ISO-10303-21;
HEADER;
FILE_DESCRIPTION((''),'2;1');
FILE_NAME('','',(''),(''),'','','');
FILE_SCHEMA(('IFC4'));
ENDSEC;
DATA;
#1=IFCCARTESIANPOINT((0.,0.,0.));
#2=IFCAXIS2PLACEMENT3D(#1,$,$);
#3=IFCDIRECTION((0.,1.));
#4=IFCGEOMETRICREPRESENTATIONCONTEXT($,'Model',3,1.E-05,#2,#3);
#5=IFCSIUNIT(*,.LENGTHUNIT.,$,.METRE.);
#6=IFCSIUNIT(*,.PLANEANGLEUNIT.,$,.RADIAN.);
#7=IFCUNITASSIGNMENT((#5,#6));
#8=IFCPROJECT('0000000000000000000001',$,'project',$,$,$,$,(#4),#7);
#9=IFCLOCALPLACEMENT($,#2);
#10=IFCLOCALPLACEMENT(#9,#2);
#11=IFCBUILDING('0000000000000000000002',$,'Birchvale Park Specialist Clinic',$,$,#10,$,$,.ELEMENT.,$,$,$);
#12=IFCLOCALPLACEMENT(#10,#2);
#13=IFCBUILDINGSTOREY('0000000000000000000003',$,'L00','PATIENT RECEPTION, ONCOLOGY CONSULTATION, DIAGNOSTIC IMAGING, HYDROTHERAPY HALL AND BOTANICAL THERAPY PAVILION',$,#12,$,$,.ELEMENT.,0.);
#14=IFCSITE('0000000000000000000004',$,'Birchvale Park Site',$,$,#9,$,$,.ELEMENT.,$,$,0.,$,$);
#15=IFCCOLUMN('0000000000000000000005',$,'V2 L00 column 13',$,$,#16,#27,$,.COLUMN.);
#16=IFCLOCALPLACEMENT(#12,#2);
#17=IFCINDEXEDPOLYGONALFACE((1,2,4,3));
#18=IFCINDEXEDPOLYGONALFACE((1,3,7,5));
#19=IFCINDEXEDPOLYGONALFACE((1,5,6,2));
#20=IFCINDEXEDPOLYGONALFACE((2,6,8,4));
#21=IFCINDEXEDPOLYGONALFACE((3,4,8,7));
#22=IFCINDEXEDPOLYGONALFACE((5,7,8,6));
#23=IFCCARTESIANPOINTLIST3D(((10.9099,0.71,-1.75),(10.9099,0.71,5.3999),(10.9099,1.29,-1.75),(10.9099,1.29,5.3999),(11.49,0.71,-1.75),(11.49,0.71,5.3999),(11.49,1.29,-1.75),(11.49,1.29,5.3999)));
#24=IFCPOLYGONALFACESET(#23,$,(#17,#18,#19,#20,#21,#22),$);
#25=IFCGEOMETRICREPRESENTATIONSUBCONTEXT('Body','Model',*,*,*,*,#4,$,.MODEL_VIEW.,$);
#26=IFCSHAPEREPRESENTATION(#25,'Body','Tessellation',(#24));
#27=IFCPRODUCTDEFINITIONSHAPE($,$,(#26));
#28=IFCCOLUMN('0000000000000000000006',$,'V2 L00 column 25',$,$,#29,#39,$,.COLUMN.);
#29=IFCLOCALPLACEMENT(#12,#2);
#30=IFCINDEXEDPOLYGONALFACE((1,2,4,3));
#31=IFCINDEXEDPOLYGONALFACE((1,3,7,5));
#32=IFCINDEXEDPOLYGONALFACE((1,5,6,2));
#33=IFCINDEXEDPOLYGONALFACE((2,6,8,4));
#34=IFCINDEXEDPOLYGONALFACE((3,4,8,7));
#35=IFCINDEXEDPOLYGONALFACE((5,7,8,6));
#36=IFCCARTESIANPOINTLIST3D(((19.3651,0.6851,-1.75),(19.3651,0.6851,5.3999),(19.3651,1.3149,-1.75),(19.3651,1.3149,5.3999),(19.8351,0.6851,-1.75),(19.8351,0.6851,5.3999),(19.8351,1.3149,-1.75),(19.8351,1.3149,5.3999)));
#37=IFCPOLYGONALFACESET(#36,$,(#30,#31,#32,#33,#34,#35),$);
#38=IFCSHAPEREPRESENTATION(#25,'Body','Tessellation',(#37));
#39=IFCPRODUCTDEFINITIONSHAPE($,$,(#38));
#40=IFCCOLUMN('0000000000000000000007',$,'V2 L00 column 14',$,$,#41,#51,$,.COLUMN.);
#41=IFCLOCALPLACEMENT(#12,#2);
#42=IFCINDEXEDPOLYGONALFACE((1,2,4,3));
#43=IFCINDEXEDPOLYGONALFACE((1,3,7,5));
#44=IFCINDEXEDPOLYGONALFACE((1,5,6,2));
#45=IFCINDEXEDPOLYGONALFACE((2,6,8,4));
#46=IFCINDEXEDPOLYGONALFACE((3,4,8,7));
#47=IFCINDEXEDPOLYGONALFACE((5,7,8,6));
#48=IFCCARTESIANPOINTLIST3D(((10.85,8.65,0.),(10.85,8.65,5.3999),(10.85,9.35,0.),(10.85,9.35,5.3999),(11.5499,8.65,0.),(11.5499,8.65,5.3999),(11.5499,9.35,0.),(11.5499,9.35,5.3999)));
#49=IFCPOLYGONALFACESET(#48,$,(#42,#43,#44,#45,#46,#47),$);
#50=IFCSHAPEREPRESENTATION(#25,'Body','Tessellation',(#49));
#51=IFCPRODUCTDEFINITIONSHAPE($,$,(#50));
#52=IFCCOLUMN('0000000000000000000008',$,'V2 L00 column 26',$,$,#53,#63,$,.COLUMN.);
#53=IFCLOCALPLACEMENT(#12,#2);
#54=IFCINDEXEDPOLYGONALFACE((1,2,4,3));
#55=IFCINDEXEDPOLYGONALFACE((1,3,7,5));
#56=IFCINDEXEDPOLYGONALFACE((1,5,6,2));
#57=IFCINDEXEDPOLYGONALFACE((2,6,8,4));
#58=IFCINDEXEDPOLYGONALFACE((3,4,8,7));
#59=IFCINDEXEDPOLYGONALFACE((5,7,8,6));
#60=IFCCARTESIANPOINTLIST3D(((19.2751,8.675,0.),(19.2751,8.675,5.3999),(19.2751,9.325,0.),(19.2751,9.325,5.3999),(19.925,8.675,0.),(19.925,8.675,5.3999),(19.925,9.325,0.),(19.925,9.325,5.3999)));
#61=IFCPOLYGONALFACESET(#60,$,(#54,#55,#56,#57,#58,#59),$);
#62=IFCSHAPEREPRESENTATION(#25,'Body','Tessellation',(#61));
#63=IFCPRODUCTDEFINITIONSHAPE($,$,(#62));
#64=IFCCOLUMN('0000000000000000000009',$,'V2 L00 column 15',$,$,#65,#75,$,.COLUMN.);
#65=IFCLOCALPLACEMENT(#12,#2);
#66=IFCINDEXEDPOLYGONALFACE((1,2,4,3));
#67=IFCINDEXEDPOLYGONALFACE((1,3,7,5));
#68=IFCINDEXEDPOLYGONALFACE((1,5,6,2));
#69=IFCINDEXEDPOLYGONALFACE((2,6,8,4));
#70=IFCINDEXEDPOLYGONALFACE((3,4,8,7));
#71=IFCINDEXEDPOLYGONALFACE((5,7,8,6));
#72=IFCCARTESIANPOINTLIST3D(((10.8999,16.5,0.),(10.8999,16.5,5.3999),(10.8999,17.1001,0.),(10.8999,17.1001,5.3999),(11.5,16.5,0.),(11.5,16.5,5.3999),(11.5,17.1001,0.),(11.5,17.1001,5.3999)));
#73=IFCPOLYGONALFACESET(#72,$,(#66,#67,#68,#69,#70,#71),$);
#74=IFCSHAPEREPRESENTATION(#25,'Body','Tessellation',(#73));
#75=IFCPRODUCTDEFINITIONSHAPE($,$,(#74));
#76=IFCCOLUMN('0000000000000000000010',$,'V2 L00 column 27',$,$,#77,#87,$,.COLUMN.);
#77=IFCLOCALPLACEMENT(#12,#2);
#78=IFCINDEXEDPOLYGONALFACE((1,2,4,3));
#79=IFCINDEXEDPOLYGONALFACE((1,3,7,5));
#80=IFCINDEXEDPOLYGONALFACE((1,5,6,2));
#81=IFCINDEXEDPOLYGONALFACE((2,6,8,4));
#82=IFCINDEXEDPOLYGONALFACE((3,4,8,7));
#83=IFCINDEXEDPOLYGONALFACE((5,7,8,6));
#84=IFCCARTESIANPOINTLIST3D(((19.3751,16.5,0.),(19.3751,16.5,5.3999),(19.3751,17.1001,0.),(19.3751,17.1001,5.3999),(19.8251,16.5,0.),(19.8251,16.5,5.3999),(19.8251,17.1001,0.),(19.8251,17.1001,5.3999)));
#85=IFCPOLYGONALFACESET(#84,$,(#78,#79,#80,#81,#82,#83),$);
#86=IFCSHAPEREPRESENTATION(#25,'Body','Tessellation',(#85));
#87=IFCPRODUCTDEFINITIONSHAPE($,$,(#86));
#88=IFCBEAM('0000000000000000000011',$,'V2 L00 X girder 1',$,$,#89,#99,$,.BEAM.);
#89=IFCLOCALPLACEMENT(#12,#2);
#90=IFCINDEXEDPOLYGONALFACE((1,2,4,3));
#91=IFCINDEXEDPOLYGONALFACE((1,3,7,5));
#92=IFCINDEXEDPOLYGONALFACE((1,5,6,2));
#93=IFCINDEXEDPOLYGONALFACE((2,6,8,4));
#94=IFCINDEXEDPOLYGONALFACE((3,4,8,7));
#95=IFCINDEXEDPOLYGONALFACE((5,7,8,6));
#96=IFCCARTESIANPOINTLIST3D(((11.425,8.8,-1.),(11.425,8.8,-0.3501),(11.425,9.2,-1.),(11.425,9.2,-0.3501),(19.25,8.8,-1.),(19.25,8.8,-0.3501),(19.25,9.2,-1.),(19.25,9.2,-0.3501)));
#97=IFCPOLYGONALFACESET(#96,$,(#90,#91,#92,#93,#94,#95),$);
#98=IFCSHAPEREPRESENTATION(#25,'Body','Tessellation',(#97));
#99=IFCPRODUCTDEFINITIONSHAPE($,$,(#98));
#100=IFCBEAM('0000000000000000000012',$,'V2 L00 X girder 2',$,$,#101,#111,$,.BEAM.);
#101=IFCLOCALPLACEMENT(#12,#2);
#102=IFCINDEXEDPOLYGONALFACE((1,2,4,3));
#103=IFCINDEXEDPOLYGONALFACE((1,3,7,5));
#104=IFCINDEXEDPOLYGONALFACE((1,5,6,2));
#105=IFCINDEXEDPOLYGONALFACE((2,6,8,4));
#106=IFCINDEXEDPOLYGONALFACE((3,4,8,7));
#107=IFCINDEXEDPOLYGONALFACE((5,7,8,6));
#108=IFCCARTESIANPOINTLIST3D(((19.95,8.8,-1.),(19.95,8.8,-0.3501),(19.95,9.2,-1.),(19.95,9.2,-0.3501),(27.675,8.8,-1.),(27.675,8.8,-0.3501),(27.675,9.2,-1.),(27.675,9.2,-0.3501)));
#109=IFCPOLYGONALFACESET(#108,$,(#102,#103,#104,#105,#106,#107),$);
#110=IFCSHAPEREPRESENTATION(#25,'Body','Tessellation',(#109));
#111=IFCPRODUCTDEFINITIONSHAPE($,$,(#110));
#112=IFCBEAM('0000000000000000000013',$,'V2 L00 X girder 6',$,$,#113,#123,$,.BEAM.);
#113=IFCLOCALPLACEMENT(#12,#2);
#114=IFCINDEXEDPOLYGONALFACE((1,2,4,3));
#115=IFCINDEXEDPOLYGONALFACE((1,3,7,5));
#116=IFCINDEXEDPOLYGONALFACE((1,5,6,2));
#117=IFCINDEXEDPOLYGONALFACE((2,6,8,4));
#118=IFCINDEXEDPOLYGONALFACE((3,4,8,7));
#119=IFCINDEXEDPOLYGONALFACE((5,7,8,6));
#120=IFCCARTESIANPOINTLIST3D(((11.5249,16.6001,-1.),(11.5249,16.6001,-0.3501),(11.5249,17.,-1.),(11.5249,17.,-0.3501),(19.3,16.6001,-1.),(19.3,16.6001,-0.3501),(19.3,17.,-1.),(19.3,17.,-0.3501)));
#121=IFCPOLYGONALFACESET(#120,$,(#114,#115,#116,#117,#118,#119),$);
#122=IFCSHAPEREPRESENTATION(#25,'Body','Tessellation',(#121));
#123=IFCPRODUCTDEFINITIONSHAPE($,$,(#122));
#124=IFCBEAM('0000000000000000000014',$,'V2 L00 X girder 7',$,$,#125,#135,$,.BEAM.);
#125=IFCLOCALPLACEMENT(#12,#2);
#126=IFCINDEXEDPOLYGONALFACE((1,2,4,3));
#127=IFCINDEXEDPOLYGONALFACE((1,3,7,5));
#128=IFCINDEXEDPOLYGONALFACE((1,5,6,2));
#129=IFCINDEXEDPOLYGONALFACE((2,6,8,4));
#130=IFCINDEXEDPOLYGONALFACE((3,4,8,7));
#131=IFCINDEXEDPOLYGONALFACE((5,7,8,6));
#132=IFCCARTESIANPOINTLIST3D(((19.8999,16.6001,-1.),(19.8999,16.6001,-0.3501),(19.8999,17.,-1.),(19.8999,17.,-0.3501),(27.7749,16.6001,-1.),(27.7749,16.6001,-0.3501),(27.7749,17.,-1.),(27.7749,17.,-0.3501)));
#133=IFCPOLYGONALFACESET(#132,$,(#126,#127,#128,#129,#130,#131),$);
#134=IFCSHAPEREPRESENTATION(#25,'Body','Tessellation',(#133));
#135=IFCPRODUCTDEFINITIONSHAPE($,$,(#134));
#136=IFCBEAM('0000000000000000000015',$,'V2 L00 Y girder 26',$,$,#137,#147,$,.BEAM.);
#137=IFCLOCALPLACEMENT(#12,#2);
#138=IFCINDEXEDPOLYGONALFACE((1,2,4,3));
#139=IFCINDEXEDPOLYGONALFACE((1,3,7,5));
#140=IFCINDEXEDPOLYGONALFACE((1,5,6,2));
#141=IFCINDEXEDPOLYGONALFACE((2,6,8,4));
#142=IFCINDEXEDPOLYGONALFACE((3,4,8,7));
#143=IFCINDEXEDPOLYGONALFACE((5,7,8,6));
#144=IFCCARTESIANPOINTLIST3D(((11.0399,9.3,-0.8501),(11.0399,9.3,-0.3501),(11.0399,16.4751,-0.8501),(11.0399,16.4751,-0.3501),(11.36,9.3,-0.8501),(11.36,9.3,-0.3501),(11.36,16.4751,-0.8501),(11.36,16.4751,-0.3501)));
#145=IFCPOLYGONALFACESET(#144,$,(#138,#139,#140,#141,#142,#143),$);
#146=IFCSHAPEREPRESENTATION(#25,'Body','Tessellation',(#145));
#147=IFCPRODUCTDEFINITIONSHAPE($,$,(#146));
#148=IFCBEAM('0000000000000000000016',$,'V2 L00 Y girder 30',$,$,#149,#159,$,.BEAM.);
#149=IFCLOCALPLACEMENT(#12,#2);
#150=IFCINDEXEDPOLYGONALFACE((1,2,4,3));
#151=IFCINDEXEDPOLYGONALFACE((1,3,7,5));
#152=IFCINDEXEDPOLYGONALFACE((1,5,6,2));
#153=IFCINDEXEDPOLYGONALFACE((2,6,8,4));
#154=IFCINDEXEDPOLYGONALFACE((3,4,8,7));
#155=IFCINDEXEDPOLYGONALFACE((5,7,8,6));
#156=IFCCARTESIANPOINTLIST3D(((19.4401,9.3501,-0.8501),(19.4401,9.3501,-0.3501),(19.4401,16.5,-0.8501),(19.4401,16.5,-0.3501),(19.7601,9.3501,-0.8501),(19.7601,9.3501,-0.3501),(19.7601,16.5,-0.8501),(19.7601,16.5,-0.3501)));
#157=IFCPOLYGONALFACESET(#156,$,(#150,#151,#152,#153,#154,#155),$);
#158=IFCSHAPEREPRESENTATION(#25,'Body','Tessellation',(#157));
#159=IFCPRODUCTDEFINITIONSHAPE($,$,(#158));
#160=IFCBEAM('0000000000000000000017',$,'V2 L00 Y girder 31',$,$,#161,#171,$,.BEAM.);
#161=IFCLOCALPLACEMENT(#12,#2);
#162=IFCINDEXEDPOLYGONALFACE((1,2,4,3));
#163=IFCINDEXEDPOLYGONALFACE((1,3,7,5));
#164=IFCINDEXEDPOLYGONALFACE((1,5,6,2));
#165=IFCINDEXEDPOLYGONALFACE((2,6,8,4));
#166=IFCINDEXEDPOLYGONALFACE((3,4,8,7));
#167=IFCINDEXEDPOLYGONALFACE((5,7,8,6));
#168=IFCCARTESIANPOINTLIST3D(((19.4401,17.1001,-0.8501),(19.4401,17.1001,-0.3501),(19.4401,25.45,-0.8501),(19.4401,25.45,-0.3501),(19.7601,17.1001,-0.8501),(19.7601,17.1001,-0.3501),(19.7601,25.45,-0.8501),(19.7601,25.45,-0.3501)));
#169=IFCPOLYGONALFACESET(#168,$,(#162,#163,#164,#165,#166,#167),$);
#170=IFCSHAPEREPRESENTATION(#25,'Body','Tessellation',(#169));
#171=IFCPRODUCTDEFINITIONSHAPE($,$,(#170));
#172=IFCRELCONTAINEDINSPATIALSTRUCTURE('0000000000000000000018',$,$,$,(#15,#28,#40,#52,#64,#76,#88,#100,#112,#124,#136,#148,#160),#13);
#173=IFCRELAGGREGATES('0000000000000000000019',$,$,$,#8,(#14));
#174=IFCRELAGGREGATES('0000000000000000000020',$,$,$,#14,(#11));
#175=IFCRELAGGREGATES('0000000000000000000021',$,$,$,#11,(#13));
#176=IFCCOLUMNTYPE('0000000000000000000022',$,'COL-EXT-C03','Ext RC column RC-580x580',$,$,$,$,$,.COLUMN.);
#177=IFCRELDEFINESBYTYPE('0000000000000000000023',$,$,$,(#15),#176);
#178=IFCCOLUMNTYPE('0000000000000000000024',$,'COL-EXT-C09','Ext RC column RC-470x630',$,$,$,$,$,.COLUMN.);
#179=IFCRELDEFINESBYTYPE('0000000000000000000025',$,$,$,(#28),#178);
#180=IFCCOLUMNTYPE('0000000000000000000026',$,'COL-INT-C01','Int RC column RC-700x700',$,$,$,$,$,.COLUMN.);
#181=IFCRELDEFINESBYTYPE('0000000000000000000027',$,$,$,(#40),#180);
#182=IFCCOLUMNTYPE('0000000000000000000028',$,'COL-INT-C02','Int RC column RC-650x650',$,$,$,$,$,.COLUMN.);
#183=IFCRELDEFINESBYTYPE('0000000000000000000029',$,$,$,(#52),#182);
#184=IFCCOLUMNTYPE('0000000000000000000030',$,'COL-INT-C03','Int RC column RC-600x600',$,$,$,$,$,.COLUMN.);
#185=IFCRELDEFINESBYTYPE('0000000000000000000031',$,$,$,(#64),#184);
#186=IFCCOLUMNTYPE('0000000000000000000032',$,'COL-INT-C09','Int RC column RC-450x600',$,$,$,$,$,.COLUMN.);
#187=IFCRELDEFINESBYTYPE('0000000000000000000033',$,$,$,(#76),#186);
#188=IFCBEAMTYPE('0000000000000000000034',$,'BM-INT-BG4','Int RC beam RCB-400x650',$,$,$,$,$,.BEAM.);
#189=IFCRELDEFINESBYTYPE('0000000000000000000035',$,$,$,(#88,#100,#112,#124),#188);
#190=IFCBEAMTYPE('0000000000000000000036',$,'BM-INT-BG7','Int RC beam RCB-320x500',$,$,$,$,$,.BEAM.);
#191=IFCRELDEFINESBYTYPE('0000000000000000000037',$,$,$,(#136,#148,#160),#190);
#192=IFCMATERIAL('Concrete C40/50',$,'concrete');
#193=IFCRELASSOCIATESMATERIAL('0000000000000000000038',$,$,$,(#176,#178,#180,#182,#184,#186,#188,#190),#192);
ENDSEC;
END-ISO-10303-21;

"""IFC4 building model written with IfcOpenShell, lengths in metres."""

from ifc_helpers import new_model, si_unit, direction, frame, origin, origin_2d, place, context, subcontext, project, spatial, rectangle, extrude, material, material_profile, profile_set, type_object, element, save


model = new_model("IFC4")

# Units and contexts
model_context = context("Model", 3, precision=1e-05, world=origin(), true_north=direction((0.0, 1.0)))
body_context = subcontext(model_context, "Body", "Model", "MODEL_VIEW")
ifc_project = project(units=[si_unit("LENGTHUNIT", "METRE"), si_unit("PLANEANGLEUNIT", "RADIAN")], contexts=[model_context])

# Site, building, storey
site_placement = place(None, origin())
site = spatial("IfcSite", under=ifc_project, at=site_placement, Name="Birchvale Park Site", CompositionType="ELEMENT", RefElevation=0.0)
building_placement = place(site_placement, origin())
building = spatial("IfcBuilding", under=site, at=building_placement, Name="Birchvale Park Specialist Clinic", CompositionType="ELEMENT")
storey_placement = place(building_placement, origin())
storey = spatial("IfcBuildingStorey", under=building, at=storey_placement, Name="L00", Description="PATIENT RECEPTION, ONCOLOGY CONSULTATION, DIAGNOSTIC IMAGING, HYDROTHERAPY HALL AND BOTANICAL THERAPY PAVILION", CompositionType="ELEMENT", Elevation=0.0)

# Shared definitions
ifc_material_1 = material(Name="Concrete C40/50", Category="concrete")

# Columns
ifc_material_profile_1 = material_profile(ifc_material_1, rectangle(XDim=0.5801, YDim=0.5801, at=origin_2d()), Name="RC-580x580")
ifc_profile_set_1 = profile_set([ifc_material_profile_1], Name="Concrete C40/50")
column_type_1 = type_object("IfcColumnType", Name="COL-EXT-C03", Description="Ext RC column RC-580x580", PredefinedType="COLUMN", material=ifc_profile_set_1)
column_1_placement = place(storey_placement, frame((11.2, 1.0, -1.75), z_axis=(0.0, 0.0, 1.0), x_axis=(1.0, 0.0, 0.0)))
element("IfcColumn", 1, at=column_1_placement, inside=storey, type_object=column_type_1, Name="V2 L00 column 13", PredefinedType="COLUMN", context=body_context, shape_type="SweptSolid", body=[
    extrude(rectangle(XDim=0.5801, YDim=0.5801, at=origin_2d()), origin(), (0.0, 0.0, 1.0), 7.1499),
])
ifc_material_profile_2 = material_profile(ifc_material_1, rectangle(XDim=0.47, YDim=0.6299, at=origin_2d()), Name="RC-470x630")
ifc_profile_set_2 = profile_set([ifc_material_profile_2], Name="Concrete C40/50")
column_type_2 = type_object("IfcColumnType", Name="COL-EXT-C09", Description="Ext RC column RC-470x630", PredefinedType="COLUMN", material=ifc_profile_set_2)
column_2_placement = place(storey_placement, frame((19.6001, 1.0, -1.75), z_axis=(0.0, 0.0, 1.0), x_axis=(1.0, 0.0, 0.0)))
element("IfcColumn", 2, at=column_2_placement, inside=storey, type_object=column_type_2, Name="V2 L00 column 25", PredefinedType="COLUMN", context=body_context, shape_type="SweptSolid", body=[
    extrude(rectangle(XDim=0.47, YDim=0.6299, at=origin_2d()), origin(), (0.0, 0.0, 1.0), 7.1499),
])
ifc_material_profile_3 = material_profile(ifc_material_1, rectangle(XDim=0.7, YDim=0.7, at=origin_2d()), Name="RC-700x700")
ifc_profile_set_3 = profile_set([ifc_material_profile_3], Name="Concrete C40/50")
column_type_3 = type_object("IfcColumnType", Name="COL-INT-C01", Description="Int RC column RC-700x700", PredefinedType="COLUMN", material=ifc_profile_set_3)
column_3_placement = place(storey_placement, frame((11.2, 9.0, 0.0), z_axis=(0.0, 0.0, 1.0), x_axis=(1.0, 0.0, 0.0)))
element("IfcColumn", 3, at=column_3_placement, inside=storey, type_object=column_type_3, Name="V2 L00 column 14", PredefinedType="COLUMN", context=body_context, shape_type="SweptSolid", body=[
    extrude(rectangle(XDim=0.7, YDim=0.7, at=origin_2d()), origin(), (0.0, 0.0, 1.0), 5.3999),
])
ifc_material_profile_4 = material_profile(ifc_material_1, rectangle(XDim=0.6499, YDim=0.6499, at=origin_2d()), Name="RC-650x650")
ifc_profile_set_4 = profile_set([ifc_material_profile_4], Name="Concrete C40/50")
column_type_4 = type_object("IfcColumnType", Name="COL-INT-C02", Description="Int RC column RC-650x650", PredefinedType="COLUMN", material=ifc_profile_set_4)
column_4_placement = place(storey_placement, frame((19.6001, 9.0, 0.0), z_axis=(0.0, 0.0, 1.0), x_axis=(1.0, 0.0, 0.0)))
element("IfcColumn", 4, at=column_4_placement, inside=storey, type_object=column_type_4, Name="V2 L00 column 26", PredefinedType="COLUMN", context=body_context, shape_type="SweptSolid", body=[
    extrude(rectangle(XDim=0.6499, YDim=0.6499, at=origin_2d()), origin(), (0.0, 0.0, 1.0), 5.3999),
])
ifc_material_profile_5 = material_profile(ifc_material_1, rectangle(XDim=0.6001, YDim=0.6001, at=origin_2d()), Name="RC-600x600")
ifc_profile_set_5 = profile_set([ifc_material_profile_5], Name="Concrete C40/50")
column_type_5 = type_object("IfcColumnType", Name="COL-INT-C03", Description="Int RC column RC-600x600", PredefinedType="COLUMN", material=ifc_profile_set_5)
column_5_placement = place(storey_placement, frame((11.2, 16.8, 0.0), z_axis=(0.0, 0.0, 1.0), x_axis=(1.0, 0.0, 0.0)))
element("IfcColumn", 5, at=column_5_placement, inside=storey, type_object=column_type_5, Name="V2 L00 column 15", PredefinedType="COLUMN", context=body_context, shape_type="SweptSolid", body=[
    extrude(rectangle(XDim=0.6001, YDim=0.6001, at=origin_2d()), origin(), (0.0, 0.0, 1.0), 5.3999),
])
ifc_material_profile_6 = material_profile(ifc_material_1, rectangle(XDim=0.45, YDim=0.6001, at=origin_2d()), Name="RC-450x600")
ifc_profile_set_6 = profile_set([ifc_material_profile_6], Name="Concrete C40/50")
column_type_6 = type_object("IfcColumnType", Name="COL-INT-C09", Description="Int RC column RC-450x600", PredefinedType="COLUMN", material=ifc_profile_set_6)
column_6_placement = place(storey_placement, frame((19.6001, 16.8, 0.0), z_axis=(0.0, 0.0, 1.0), x_axis=(1.0, 0.0, 0.0)))
element("IfcColumn", 6, at=column_6_placement, inside=storey, type_object=column_type_6, Name="V2 L00 column 27", PredefinedType="COLUMN", context=body_context, shape_type="SweptSolid", body=[
    extrude(rectangle(XDim=0.45, YDim=0.6001, at=origin_2d()), origin(), (0.0, 0.0, 1.0), 5.3999),
])

# Beams
ifc_material_profile_7 = material_profile(ifc_material_1, rectangle(XDim=0.3999, YDim=0.6499, at=origin_2d()), Name="RCB-400x650")
ifc_profile_set_7 = profile_set([ifc_material_profile_7], Name="Concrete C40/50")
beam_type_1 = type_object("IfcBeamType", Name="BM-INT-BG4", Description="Int RC beam RCB-400x650", PredefinedType="BEAM", material=ifc_profile_set_7)
beam_1_placement = place(storey_placement, frame((11.425, 9.0, -0.675), z_axis=(1.0, 0.0, 0.0), x_axis=(0.0, 1.0, 0.0)))
element("IfcBeam", 7, at=beam_1_placement, inside=storey, type_object=beam_type_1, Name="V2 L00 X girder 1", PredefinedType="BEAM", context=body_context, shape_type="SweptSolid", body=[
    extrude(rectangle(XDim=0.3999, YDim=0.6499, at=origin_2d()), origin(), (0.0, 0.0, 1.0), 7.825),
])
beam_2_placement = place(storey_placement, frame((19.95, 9.0, -0.675), z_axis=(1.0, 0.0, 0.0), x_axis=(0.0, 1.0, 0.0)))
element("IfcBeam", 8, at=beam_2_placement, inside=storey, type_object=beam_type_1, Name="V2 L00 X girder 2", PredefinedType="BEAM", context=body_context, shape_type="SweptSolid", body=[
    extrude(rectangle(XDim=0.3999, YDim=0.6499, at=origin_2d()), origin(), (0.0, 0.0, 1.0), 7.7251),
])
beam_3_placement = place(storey_placement, frame((11.5249, 16.8, -0.675), z_axis=(1.0, 0.0, 0.0), x_axis=(0.0, 1.0, 0.0)))
element("IfcBeam", 9, at=beam_3_placement, inside=storey, type_object=beam_type_1, Name="V2 L00 X girder 6", PredefinedType="BEAM", context=body_context, shape_type="SweptSolid", body=[
    extrude(rectangle(XDim=0.3999, YDim=0.6499, at=origin_2d()), origin(), (0.0, 0.0, 1.0), 7.7751),
])
beam_4_placement = place(storey_placement, frame((19.8999, 16.8, -0.675), z_axis=(1.0, 0.0, 0.0), x_axis=(0.0, 1.0, 0.0)))
element("IfcBeam", 10, at=beam_4_placement, inside=storey, type_object=beam_type_1, Name="V2 L00 X girder 7", PredefinedType="BEAM", context=body_context, shape_type="SweptSolid", body=[
    extrude(rectangle(XDim=0.3999, YDim=0.6499, at=origin_2d()), origin(), (0.0, 0.0, 1.0), 7.875),
])
ifc_material_profile_8 = material_profile(ifc_material_1, rectangle(XDim=0.3201, YDim=0.5, at=origin_2d()), Name="RCB-320x500")
ifc_profile_set_8 = profile_set([ifc_material_profile_8], Name="Concrete C40/50")
beam_type_2 = type_object("IfcBeamType", Name="BM-INT-BG7", Description="Int RC beam RCB-320x500", PredefinedType="BEAM", material=ifc_profile_set_8)
beam_5_placement = place(storey_placement, frame((11.2, 9.3, -0.6001), z_axis=(0.0, 1.0, 0.0), x_axis=(-1.0, 0.0, 0.0)))
element("IfcBeam", 11, at=beam_5_placement, inside=storey, type_object=beam_type_2, Name="V2 L00 Y girder 26", PredefinedType="BEAM", context=body_context, shape_type="SweptSolid", body=[
    extrude(rectangle(XDim=0.3201, YDim=0.5, at=origin_2d()), origin(), (0.0, 0.0, 1.0), 7.175),
])
beam_6_placement = place(storey_placement, frame((19.6001, 9.3501, -0.6001), z_axis=(0.0, 1.0, 0.0), x_axis=(-1.0, 0.0, 0.0)))
element("IfcBeam", 12, at=beam_6_placement, inside=storey, type_object=beam_type_2, Name="V2 L00 Y girder 30", PredefinedType="BEAM", context=body_context, shape_type="SweptSolid", body=[
    extrude(rectangle(XDim=0.3201, YDim=0.5, at=origin_2d()), origin(), (0.0, 0.0, 1.0), 7.1499),
])
beam_7_placement = place(storey_placement, frame((19.6001, 17.1001, -0.6001), z_axis=(0.0, 1.0, 0.0), x_axis=(-1.0, 0.0, 0.0)))
element("IfcBeam", 13, at=beam_7_placement, inside=storey, type_object=beam_type_2, Name="V2 L00 Y girder 31", PredefinedType="BEAM", context=body_context, shape_type="SweptSolid", body=[
    extrude(rectangle(XDim=0.3201, YDim=0.5, at=origin_2d()), origin(), (0.0, 0.0, 1.0), 8.3499),
])

save(model, "model.ifc")
